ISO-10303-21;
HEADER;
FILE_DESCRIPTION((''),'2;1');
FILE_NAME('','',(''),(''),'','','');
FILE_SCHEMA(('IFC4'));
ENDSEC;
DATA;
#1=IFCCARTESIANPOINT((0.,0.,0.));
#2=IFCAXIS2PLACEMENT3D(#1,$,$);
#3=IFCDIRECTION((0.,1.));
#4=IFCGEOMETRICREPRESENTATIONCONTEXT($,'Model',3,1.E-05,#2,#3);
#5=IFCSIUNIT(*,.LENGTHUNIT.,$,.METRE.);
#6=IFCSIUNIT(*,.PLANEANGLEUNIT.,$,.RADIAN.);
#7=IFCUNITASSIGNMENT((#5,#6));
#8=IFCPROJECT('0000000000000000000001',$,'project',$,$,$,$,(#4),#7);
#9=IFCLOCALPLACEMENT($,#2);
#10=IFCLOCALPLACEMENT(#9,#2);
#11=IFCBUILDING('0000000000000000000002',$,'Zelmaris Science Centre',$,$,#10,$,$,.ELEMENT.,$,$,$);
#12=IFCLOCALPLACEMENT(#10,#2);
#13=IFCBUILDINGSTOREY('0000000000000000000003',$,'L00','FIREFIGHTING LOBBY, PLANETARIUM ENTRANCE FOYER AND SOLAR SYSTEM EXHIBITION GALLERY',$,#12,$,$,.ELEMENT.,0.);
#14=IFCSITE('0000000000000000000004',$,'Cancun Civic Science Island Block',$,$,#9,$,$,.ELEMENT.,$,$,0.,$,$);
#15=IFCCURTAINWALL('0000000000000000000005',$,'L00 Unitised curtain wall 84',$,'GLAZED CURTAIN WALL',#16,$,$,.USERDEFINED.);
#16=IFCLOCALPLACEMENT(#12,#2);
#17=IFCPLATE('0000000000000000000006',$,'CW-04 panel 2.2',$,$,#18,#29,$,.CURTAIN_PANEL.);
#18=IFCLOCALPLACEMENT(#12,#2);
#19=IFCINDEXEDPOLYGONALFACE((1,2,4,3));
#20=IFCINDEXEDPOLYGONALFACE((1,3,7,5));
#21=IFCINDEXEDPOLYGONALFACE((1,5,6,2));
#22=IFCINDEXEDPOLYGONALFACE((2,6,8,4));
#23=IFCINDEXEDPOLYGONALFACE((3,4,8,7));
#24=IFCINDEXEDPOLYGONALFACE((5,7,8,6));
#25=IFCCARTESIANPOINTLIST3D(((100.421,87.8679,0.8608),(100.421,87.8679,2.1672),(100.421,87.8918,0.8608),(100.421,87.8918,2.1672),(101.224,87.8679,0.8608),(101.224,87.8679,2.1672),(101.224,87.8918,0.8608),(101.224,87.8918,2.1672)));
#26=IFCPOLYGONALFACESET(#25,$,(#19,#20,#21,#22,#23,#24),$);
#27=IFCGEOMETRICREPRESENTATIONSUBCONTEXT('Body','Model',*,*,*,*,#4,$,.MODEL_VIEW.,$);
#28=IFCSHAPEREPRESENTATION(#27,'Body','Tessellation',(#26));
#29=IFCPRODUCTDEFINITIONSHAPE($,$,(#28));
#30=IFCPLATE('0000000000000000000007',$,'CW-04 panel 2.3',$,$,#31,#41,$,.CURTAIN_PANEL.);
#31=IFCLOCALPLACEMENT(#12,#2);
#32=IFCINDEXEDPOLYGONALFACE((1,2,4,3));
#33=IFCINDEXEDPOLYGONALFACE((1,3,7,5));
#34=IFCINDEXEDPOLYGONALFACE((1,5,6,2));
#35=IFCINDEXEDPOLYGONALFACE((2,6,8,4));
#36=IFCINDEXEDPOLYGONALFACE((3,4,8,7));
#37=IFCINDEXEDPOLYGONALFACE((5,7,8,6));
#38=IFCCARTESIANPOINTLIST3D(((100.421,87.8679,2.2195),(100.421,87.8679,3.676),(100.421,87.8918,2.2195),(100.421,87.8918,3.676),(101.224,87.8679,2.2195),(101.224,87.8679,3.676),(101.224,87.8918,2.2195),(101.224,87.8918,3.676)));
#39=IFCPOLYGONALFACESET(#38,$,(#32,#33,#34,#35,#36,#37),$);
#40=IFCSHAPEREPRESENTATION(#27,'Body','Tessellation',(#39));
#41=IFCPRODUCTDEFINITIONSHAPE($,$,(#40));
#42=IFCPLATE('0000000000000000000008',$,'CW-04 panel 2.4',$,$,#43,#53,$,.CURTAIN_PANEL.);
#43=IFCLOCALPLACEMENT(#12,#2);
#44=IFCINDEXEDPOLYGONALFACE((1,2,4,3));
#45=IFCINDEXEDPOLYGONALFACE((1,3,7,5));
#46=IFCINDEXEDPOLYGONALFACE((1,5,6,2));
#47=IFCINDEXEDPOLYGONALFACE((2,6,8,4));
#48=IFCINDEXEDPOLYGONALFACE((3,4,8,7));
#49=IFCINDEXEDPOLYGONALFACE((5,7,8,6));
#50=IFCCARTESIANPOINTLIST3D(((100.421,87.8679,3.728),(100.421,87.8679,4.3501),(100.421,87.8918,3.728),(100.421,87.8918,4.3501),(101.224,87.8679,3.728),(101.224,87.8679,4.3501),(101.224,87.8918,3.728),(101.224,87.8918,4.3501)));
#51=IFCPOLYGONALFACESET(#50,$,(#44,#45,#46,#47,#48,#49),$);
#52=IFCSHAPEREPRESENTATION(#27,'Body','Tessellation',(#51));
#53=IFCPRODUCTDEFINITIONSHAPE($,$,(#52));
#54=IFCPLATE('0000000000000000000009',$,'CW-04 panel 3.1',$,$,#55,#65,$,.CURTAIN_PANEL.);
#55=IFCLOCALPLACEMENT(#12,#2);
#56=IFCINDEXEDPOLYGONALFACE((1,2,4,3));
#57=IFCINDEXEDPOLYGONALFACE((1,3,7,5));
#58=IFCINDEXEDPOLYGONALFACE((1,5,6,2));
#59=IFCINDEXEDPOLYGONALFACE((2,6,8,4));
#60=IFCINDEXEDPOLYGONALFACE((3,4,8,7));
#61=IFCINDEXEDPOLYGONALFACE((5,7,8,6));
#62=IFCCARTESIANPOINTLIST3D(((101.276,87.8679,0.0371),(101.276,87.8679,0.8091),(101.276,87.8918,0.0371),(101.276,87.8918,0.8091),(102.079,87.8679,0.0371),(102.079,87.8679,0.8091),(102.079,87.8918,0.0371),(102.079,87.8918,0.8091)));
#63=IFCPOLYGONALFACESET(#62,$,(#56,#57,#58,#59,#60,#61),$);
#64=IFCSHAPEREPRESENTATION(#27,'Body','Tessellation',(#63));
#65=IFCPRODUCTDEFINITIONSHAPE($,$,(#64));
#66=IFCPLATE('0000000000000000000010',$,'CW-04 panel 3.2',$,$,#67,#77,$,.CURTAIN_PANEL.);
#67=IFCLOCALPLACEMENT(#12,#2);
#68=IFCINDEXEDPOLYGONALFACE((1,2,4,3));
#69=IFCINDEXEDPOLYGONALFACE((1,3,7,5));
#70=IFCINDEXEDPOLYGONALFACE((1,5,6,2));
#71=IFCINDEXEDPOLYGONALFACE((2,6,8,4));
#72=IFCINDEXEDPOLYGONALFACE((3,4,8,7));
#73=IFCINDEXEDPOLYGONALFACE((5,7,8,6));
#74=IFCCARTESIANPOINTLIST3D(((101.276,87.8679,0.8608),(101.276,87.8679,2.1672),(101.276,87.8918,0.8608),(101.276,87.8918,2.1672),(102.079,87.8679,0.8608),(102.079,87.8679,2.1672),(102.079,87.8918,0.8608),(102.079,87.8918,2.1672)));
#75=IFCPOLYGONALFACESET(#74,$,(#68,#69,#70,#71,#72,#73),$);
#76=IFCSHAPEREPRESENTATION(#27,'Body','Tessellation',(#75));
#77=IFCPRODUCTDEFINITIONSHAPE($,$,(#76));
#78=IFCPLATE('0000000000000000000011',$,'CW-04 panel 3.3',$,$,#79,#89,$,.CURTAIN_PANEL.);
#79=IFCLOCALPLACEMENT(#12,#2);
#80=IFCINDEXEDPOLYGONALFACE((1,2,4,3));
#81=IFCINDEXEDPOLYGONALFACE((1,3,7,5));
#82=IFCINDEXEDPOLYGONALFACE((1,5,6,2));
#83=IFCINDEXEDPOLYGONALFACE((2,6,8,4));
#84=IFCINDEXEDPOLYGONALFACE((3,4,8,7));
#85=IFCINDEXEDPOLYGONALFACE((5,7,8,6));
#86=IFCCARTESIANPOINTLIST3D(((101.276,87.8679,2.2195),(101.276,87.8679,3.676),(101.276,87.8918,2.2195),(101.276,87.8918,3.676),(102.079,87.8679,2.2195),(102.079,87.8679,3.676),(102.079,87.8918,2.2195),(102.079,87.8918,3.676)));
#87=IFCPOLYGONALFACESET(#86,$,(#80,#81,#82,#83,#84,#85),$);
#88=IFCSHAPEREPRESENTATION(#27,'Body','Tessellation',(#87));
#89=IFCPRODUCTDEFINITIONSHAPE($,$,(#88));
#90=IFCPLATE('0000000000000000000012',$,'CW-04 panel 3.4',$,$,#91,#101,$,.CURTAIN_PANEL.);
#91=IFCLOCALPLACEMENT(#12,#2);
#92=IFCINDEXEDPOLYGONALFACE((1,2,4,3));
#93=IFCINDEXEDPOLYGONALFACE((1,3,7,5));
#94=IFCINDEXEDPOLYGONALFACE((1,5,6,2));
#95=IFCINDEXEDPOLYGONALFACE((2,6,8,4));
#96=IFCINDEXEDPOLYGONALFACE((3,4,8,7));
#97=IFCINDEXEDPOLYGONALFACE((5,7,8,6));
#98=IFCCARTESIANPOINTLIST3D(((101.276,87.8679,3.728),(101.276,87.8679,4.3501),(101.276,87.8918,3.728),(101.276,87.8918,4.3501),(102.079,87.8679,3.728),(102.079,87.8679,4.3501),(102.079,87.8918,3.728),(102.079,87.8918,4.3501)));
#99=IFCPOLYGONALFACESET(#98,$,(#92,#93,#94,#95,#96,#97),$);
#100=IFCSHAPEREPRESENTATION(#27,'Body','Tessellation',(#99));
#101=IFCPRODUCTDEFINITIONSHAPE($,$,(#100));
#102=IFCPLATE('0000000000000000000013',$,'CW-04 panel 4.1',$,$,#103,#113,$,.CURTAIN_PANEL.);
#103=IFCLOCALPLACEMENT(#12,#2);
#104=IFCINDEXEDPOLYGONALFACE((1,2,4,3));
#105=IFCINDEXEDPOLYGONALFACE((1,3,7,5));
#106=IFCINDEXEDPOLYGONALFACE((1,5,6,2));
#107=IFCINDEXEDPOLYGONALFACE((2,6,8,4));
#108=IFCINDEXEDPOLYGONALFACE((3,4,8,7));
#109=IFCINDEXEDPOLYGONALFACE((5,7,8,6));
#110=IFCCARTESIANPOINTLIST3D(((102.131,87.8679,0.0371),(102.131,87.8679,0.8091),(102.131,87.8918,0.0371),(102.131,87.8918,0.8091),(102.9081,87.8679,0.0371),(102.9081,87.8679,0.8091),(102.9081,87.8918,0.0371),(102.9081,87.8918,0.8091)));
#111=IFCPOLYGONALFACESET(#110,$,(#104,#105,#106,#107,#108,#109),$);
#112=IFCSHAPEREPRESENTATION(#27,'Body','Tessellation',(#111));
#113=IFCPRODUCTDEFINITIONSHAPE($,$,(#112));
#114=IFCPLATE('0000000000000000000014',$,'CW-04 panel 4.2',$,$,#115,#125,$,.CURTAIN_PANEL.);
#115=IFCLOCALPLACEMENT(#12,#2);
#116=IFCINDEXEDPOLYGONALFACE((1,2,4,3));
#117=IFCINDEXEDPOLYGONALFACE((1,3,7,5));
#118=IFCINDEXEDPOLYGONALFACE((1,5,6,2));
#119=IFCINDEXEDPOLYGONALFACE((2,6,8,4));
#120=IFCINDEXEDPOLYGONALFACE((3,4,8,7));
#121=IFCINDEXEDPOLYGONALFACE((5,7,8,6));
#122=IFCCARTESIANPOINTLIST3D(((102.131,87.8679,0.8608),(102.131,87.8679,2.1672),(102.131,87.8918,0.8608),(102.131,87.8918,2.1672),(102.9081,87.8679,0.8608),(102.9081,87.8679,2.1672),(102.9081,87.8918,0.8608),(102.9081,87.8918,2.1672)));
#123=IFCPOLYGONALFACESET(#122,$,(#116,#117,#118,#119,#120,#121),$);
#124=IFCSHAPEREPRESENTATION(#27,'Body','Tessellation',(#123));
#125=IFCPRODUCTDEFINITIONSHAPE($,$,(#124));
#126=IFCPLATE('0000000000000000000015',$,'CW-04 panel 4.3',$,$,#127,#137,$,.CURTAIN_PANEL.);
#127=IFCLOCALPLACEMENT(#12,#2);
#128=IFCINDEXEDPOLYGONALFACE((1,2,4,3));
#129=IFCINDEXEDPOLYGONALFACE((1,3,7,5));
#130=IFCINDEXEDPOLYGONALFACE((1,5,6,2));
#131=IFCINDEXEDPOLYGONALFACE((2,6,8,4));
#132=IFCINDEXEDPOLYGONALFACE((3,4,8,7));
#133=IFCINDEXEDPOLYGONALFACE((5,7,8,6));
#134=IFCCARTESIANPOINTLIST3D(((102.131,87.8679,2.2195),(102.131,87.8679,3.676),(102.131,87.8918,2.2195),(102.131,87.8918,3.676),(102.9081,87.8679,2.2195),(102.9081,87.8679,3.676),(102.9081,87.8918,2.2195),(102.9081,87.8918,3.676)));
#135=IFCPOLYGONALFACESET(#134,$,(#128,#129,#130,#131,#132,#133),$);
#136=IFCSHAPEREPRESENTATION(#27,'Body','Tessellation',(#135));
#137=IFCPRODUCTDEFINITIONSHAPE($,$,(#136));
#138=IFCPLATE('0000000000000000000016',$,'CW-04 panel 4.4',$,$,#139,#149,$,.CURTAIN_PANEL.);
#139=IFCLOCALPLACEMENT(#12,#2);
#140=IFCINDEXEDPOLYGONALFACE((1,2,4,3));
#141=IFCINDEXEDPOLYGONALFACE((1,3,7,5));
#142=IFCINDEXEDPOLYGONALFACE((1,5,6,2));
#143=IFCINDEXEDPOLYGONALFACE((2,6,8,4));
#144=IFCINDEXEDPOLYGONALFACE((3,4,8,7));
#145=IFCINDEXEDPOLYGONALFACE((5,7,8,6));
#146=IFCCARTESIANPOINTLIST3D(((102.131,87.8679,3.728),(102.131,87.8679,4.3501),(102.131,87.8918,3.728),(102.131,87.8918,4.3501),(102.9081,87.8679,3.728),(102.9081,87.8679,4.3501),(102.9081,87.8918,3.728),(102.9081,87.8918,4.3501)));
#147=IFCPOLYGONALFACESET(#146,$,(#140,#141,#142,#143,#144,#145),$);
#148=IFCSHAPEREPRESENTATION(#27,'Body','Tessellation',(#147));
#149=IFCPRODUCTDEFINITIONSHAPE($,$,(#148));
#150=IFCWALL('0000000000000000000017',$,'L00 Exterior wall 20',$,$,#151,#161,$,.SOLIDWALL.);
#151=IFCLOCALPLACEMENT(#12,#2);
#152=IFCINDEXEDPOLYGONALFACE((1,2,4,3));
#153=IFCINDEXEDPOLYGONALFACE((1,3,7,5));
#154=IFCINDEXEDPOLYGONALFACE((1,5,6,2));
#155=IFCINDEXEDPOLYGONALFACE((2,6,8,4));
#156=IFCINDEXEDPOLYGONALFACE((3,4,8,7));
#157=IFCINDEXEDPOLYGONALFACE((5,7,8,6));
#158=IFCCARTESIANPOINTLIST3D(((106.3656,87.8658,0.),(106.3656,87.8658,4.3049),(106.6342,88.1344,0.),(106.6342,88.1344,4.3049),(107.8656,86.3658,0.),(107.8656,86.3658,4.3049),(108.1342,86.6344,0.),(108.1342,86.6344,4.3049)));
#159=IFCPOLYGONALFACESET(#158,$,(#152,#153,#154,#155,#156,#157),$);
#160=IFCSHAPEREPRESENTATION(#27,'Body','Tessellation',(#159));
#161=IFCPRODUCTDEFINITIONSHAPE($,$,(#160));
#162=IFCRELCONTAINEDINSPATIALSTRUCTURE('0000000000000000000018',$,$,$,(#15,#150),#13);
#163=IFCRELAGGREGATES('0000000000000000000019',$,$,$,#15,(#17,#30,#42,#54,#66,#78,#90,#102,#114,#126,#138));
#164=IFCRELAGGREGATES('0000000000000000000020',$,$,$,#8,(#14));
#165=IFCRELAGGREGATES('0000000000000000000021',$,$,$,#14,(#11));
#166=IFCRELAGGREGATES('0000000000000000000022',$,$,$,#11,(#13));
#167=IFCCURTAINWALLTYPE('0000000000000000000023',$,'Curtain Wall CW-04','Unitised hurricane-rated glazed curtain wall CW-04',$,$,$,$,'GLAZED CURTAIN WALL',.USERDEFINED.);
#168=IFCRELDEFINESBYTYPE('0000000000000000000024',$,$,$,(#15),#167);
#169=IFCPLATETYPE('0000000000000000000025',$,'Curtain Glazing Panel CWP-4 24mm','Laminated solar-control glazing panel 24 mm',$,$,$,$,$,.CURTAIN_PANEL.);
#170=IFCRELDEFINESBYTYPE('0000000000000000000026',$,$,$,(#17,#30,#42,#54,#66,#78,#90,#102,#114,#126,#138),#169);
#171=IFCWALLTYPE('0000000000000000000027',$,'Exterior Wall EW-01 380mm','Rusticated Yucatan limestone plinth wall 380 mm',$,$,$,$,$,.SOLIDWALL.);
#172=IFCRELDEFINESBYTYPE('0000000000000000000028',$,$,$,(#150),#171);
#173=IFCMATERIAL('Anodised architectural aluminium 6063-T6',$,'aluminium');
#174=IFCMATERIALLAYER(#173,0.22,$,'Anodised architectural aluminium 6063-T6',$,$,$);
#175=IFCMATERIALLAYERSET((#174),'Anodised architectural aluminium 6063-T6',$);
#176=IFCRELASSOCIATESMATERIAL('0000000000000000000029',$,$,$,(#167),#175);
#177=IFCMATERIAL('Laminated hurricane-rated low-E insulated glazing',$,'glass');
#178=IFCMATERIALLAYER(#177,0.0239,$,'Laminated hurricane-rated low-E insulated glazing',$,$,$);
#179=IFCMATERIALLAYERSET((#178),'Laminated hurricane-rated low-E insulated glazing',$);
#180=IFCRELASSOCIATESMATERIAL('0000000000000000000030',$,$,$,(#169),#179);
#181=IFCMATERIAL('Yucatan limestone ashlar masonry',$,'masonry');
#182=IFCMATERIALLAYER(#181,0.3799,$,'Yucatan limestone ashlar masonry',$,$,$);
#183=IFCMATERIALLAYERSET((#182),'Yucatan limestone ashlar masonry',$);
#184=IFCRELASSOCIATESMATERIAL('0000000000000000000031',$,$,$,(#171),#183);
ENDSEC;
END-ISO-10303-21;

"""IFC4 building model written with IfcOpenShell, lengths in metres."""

from ifc_helpers import new_model, si_unit, direction, frame, frame_2d, origin, origin_2d, place, context, subcontext, project, spatial, rectangle, extrude, material, layer, layer_set, type_object, element, aggregate, save


model = new_model("IFC4")

# Units and contexts
model_context = context("Model", 3, precision=1e-05, world=origin(), true_north=direction((0.0, 1.0)))
body_context = subcontext(model_context, "Body", "Model", "MODEL_VIEW")
ifc_project = project(units=[si_unit("LENGTHUNIT", "METRE"), si_unit("PLANEANGLEUNIT", "RADIAN")], contexts=[model_context])

# Site, building, storey
site_placement = place(None, origin())
site = spatial("IfcSite", under=ifc_project, at=site_placement, Name="Cancun Civic Science Island Block", CompositionType="ELEMENT", RefElevation=0.0)
building_placement = place(site_placement, origin())
building = spatial("IfcBuilding", under=site, at=building_placement, Name="Zelmaris Science Centre", CompositionType="ELEMENT")
storey_placement = place(building_placement, origin())
storey = spatial("IfcBuildingStorey", under=building, at=storey_placement, Name="L00", Description="FIREFIGHTING LOBBY, PLANETARIUM ENTRANCE FOYER AND SOLAR SYSTEM EXHIBITION GALLERY", CompositionType="ELEMENT", Elevation=0.0)

# Shared definitions
ifc_material_1 = material(Name="Yucatan limestone ashlar masonry", Category="masonry")

# Curtain wall, plates
ifc_material_2 = material(Name="Anodised architectural aluminium 6063-T6", Category="aluminium")
ifc_layer_1 = layer(ifc_material_2, 0.22, Name="Anodised architectural aluminium 6063-T6")
ifc_layer_set_1 = layer_set([ifc_layer_1], Name="Anodised architectural aluminium 6063-T6")
curtain_wall_type = type_object("IfcCurtainWallType", Name="Curtain Wall CW-04", Description="Unitised hurricane-rated glazed curtain wall CW-04", ElementType="GLAZED CURTAIN WALL", PredefinedType="USERDEFINED", material=ifc_layer_set_1)
curtain_wall_placement = place(storey_placement, origin())
curtain_wall = element("IfcCurtainWall", 1, at=curtain_wall_placement, inside=storey, type_object=curtain_wall_type, Name="L00 Unitised curtain wall 84", ObjectType="GLAZED CURTAIN WALL", PredefinedType="USERDEFINED")
ifc_material_3 = material(Name="Laminated hurricane-rated low-E insulated glazing", Category="glass")
ifc_layer_2 = layer(ifc_material_3, 0.0239, Name="Laminated hurricane-rated low-E insulated glazing")
ifc_layer_set_2 = layer_set([ifc_layer_2], Name="Laminated hurricane-rated low-E insulated glazing")
plate_type = type_object("IfcPlateType", Name="Curtain Glazing Panel CWP-4 24mm", Description="Laminated solar-control glazing panel 24 mm", PredefinedType="CURTAIN_PANEL", material=ifc_layer_set_2)
plate_1_placement = place(storey_placement, frame((100.8225, 87.8799, 0.8608), z_axis=(0.0, 0.0, 1.0), x_axis=(1.0, 0.0, 0.0)))
plate_1 = element("IfcPlate", 2, at=plate_1_placement, type_object=plate_type, Name="CW-04 panel 2.2", PredefinedType="CURTAIN_PANEL", context=body_context, shape_type="SweptSolid", body=[
    extrude(rectangle(XDim=0.803, YDim=0.0239, at=origin_2d()), origin(), (0.0, 0.0, 1.0), 1.3064),
])
plate_2_placement = place(storey_placement, frame((100.8225, 87.8799, 2.2195), z_axis=(0.0, 0.0, 1.0), x_axis=(1.0, 0.0, 0.0)))
plate_2 = element("IfcPlate", 3, at=plate_2_placement, type_object=plate_type, Name="CW-04 panel 2.3", PredefinedType="CURTAIN_PANEL", context=body_context, shape_type="SweptSolid", body=[
    extrude(rectangle(XDim=0.803, YDim=0.0239, at=origin_2d()), origin(), (0.0, 0.0, 1.0), 1.4565),
])
plate_3_placement = place(storey_placement, frame((100.8225, 87.8799, 3.728), z_axis=(0.0, 0.0, 1.0), x_axis=(1.0, 0.0, 0.0)))
plate_3 = element("IfcPlate", 4, at=plate_3_placement, type_object=plate_type, Name="CW-04 panel 2.4", PredefinedType="CURTAIN_PANEL", context=body_context, shape_type="SweptSolid", body=[
    extrude(rectangle(XDim=0.803, YDim=0.0239, at=origin_2d()), origin(), (0.0, 0.0, 1.0), 0.6221),
])
plate_4_placement = place(storey_placement, frame((101.6775, 87.8799, 0.0371), z_axis=(0.0, 0.0, 1.0), x_axis=(1.0, 0.0, 0.0)))
plate_4 = element("IfcPlate", 5, at=plate_4_placement, type_object=plate_type, Name="CW-04 panel 3.1", PredefinedType="CURTAIN_PANEL", context=body_context, shape_type="SweptSolid", body=[
    extrude(rectangle(XDim=0.803, YDim=0.0239, at=origin_2d()), origin(), (0.0, 0.0, 1.0), 0.772),
])
plate_5_placement = place(storey_placement, frame((101.6775, 87.8799, 0.8608), z_axis=(0.0, 0.0, 1.0), x_axis=(1.0, 0.0, 0.0)))
plate_5 = element("IfcPlate", 6, at=plate_5_placement, type_object=plate_type, Name="CW-04 panel 3.2", PredefinedType="CURTAIN_PANEL", context=body_context, shape_type="SweptSolid", body=[
    extrude(rectangle(XDim=0.803, YDim=0.0239, at=origin_2d()), origin(), (0.0, 0.0, 1.0), 1.3064),
])
plate_6_placement = place(storey_placement, frame((101.6775, 87.8799, 2.2195), z_axis=(0.0, 0.0, 1.0), x_axis=(1.0, 0.0, 0.0)))
plate_6 = element("IfcPlate", 7, at=plate_6_placement, type_object=plate_type, Name="CW-04 panel 3.3", PredefinedType="CURTAIN_PANEL", context=body_context, shape_type="SweptSolid", body=[
    extrude(rectangle(XDim=0.803, YDim=0.0239, at=origin_2d()), origin(), (0.0, 0.0, 1.0), 1.4565),
])
plate_7_placement = place(storey_placement, frame((101.6775, 87.8799, 3.728), z_axis=(0.0, 0.0, 1.0), x_axis=(1.0, 0.0, 0.0)))
plate_7 = element("IfcPlate", 8, at=plate_7_placement, type_object=plate_type, Name="CW-04 panel 3.4", PredefinedType="CURTAIN_PANEL", context=body_context, shape_type="SweptSolid", body=[
    extrude(rectangle(XDim=0.803, YDim=0.0239, at=origin_2d()), origin(), (0.0, 0.0, 1.0), 0.6221),
])
plate_8_placement = place(storey_placement, frame((102.5195, 87.8799, 0.0371), z_axis=(0.0, 0.0, 1.0), x_axis=(1.0, 0.0, 0.0)))
plate_8 = element("IfcPlate", 9, at=plate_8_placement, type_object=plate_type, Name="CW-04 panel 4.1", PredefinedType="CURTAIN_PANEL", context=body_context, shape_type="SweptSolid", body=[
    extrude(rectangle(XDim=0.7771, YDim=0.0239, at=origin_2d()), origin(), (0.0, 0.0, 1.0), 0.772),
])
plate_9_placement = place(storey_placement, frame((102.5195, 87.8799, 0.8608), z_axis=(0.0, 0.0, 1.0), x_axis=(1.0, 0.0, 0.0)))
plate_9 = element("IfcPlate", 10, at=plate_9_placement, type_object=plate_type, Name="CW-04 panel 4.2", PredefinedType="CURTAIN_PANEL", context=body_context, shape_type="SweptSolid", body=[
    extrude(rectangle(XDim=0.7771, YDim=0.0239, at=origin_2d()), origin(), (0.0, 0.0, 1.0), 1.3064),
])
plate_10_placement = place(storey_placement, frame((102.5195, 87.8799, 2.2195), z_axis=(0.0, 0.0, 1.0), x_axis=(1.0, 0.0, 0.0)))
plate_10 = element("IfcPlate", 11, at=plate_10_placement, type_object=plate_type, Name="CW-04 panel 4.3", PredefinedType="CURTAIN_PANEL", context=body_context, shape_type="SweptSolid", body=[
    extrude(rectangle(XDim=0.7771, YDim=0.0239, at=origin_2d()), origin(), (0.0, 0.0, 1.0), 1.4565),
])
plate_11_placement = place(storey_placement, frame((102.5195, 87.8799, 3.728), z_axis=(0.0, 0.0, 1.0), x_axis=(1.0, 0.0, 0.0)))
plate_11 = element("IfcPlate", 12, at=plate_11_placement, type_object=plate_type, Name="CW-04 panel 4.4", PredefinedType="CURTAIN_PANEL", context=body_context, shape_type="SweptSolid", body=[
    extrude(rectangle(XDim=0.7771, YDim=0.0239, at=origin_2d()), origin(), (0.0, 0.0, 1.0), 0.6221),
])
aggregate(curtain_wall, [plate_1, plate_2, plate_3, plate_4, plate_5, plate_6, plate_7, plate_8, plate_9, plate_10, plate_11])

# Wall
ifc_layer_3 = layer(ifc_material_1, 0.3799, Name="Yucatan limestone ashlar masonry")
ifc_layer_set_3 = layer_set([ifc_layer_3], Name="Yucatan limestone ashlar masonry")
wall_type = type_object("IfcWallType", Name="Exterior Wall EW-01 380mm", Description="Rusticated Yucatan limestone plinth wall 380 mm", PredefinedType="SOLIDWALL", material=ifc_layer_set_3)
wall_placement = place(storey_placement, frame((106.5, 88.0, 0.0), z_axis=(0.0, 0.0, 1.0), x_axis=(0.707107, -0.707107, 0.0)))
element("IfcWall", 13, at=wall_placement, inside=storey, type_object=wall_type, Name="L00 Exterior wall 20", PredefinedType="SOLIDWALL", context=body_context, shape_type="SweptSolid", body=[
    extrude(rectangle(XDim=2.1213, YDim=0.3799, at=frame_2d((1.0605, 0.0))), origin(), (0.0, 0.0, 1.0), 4.3049),
])

save(model, "model.ifc")
